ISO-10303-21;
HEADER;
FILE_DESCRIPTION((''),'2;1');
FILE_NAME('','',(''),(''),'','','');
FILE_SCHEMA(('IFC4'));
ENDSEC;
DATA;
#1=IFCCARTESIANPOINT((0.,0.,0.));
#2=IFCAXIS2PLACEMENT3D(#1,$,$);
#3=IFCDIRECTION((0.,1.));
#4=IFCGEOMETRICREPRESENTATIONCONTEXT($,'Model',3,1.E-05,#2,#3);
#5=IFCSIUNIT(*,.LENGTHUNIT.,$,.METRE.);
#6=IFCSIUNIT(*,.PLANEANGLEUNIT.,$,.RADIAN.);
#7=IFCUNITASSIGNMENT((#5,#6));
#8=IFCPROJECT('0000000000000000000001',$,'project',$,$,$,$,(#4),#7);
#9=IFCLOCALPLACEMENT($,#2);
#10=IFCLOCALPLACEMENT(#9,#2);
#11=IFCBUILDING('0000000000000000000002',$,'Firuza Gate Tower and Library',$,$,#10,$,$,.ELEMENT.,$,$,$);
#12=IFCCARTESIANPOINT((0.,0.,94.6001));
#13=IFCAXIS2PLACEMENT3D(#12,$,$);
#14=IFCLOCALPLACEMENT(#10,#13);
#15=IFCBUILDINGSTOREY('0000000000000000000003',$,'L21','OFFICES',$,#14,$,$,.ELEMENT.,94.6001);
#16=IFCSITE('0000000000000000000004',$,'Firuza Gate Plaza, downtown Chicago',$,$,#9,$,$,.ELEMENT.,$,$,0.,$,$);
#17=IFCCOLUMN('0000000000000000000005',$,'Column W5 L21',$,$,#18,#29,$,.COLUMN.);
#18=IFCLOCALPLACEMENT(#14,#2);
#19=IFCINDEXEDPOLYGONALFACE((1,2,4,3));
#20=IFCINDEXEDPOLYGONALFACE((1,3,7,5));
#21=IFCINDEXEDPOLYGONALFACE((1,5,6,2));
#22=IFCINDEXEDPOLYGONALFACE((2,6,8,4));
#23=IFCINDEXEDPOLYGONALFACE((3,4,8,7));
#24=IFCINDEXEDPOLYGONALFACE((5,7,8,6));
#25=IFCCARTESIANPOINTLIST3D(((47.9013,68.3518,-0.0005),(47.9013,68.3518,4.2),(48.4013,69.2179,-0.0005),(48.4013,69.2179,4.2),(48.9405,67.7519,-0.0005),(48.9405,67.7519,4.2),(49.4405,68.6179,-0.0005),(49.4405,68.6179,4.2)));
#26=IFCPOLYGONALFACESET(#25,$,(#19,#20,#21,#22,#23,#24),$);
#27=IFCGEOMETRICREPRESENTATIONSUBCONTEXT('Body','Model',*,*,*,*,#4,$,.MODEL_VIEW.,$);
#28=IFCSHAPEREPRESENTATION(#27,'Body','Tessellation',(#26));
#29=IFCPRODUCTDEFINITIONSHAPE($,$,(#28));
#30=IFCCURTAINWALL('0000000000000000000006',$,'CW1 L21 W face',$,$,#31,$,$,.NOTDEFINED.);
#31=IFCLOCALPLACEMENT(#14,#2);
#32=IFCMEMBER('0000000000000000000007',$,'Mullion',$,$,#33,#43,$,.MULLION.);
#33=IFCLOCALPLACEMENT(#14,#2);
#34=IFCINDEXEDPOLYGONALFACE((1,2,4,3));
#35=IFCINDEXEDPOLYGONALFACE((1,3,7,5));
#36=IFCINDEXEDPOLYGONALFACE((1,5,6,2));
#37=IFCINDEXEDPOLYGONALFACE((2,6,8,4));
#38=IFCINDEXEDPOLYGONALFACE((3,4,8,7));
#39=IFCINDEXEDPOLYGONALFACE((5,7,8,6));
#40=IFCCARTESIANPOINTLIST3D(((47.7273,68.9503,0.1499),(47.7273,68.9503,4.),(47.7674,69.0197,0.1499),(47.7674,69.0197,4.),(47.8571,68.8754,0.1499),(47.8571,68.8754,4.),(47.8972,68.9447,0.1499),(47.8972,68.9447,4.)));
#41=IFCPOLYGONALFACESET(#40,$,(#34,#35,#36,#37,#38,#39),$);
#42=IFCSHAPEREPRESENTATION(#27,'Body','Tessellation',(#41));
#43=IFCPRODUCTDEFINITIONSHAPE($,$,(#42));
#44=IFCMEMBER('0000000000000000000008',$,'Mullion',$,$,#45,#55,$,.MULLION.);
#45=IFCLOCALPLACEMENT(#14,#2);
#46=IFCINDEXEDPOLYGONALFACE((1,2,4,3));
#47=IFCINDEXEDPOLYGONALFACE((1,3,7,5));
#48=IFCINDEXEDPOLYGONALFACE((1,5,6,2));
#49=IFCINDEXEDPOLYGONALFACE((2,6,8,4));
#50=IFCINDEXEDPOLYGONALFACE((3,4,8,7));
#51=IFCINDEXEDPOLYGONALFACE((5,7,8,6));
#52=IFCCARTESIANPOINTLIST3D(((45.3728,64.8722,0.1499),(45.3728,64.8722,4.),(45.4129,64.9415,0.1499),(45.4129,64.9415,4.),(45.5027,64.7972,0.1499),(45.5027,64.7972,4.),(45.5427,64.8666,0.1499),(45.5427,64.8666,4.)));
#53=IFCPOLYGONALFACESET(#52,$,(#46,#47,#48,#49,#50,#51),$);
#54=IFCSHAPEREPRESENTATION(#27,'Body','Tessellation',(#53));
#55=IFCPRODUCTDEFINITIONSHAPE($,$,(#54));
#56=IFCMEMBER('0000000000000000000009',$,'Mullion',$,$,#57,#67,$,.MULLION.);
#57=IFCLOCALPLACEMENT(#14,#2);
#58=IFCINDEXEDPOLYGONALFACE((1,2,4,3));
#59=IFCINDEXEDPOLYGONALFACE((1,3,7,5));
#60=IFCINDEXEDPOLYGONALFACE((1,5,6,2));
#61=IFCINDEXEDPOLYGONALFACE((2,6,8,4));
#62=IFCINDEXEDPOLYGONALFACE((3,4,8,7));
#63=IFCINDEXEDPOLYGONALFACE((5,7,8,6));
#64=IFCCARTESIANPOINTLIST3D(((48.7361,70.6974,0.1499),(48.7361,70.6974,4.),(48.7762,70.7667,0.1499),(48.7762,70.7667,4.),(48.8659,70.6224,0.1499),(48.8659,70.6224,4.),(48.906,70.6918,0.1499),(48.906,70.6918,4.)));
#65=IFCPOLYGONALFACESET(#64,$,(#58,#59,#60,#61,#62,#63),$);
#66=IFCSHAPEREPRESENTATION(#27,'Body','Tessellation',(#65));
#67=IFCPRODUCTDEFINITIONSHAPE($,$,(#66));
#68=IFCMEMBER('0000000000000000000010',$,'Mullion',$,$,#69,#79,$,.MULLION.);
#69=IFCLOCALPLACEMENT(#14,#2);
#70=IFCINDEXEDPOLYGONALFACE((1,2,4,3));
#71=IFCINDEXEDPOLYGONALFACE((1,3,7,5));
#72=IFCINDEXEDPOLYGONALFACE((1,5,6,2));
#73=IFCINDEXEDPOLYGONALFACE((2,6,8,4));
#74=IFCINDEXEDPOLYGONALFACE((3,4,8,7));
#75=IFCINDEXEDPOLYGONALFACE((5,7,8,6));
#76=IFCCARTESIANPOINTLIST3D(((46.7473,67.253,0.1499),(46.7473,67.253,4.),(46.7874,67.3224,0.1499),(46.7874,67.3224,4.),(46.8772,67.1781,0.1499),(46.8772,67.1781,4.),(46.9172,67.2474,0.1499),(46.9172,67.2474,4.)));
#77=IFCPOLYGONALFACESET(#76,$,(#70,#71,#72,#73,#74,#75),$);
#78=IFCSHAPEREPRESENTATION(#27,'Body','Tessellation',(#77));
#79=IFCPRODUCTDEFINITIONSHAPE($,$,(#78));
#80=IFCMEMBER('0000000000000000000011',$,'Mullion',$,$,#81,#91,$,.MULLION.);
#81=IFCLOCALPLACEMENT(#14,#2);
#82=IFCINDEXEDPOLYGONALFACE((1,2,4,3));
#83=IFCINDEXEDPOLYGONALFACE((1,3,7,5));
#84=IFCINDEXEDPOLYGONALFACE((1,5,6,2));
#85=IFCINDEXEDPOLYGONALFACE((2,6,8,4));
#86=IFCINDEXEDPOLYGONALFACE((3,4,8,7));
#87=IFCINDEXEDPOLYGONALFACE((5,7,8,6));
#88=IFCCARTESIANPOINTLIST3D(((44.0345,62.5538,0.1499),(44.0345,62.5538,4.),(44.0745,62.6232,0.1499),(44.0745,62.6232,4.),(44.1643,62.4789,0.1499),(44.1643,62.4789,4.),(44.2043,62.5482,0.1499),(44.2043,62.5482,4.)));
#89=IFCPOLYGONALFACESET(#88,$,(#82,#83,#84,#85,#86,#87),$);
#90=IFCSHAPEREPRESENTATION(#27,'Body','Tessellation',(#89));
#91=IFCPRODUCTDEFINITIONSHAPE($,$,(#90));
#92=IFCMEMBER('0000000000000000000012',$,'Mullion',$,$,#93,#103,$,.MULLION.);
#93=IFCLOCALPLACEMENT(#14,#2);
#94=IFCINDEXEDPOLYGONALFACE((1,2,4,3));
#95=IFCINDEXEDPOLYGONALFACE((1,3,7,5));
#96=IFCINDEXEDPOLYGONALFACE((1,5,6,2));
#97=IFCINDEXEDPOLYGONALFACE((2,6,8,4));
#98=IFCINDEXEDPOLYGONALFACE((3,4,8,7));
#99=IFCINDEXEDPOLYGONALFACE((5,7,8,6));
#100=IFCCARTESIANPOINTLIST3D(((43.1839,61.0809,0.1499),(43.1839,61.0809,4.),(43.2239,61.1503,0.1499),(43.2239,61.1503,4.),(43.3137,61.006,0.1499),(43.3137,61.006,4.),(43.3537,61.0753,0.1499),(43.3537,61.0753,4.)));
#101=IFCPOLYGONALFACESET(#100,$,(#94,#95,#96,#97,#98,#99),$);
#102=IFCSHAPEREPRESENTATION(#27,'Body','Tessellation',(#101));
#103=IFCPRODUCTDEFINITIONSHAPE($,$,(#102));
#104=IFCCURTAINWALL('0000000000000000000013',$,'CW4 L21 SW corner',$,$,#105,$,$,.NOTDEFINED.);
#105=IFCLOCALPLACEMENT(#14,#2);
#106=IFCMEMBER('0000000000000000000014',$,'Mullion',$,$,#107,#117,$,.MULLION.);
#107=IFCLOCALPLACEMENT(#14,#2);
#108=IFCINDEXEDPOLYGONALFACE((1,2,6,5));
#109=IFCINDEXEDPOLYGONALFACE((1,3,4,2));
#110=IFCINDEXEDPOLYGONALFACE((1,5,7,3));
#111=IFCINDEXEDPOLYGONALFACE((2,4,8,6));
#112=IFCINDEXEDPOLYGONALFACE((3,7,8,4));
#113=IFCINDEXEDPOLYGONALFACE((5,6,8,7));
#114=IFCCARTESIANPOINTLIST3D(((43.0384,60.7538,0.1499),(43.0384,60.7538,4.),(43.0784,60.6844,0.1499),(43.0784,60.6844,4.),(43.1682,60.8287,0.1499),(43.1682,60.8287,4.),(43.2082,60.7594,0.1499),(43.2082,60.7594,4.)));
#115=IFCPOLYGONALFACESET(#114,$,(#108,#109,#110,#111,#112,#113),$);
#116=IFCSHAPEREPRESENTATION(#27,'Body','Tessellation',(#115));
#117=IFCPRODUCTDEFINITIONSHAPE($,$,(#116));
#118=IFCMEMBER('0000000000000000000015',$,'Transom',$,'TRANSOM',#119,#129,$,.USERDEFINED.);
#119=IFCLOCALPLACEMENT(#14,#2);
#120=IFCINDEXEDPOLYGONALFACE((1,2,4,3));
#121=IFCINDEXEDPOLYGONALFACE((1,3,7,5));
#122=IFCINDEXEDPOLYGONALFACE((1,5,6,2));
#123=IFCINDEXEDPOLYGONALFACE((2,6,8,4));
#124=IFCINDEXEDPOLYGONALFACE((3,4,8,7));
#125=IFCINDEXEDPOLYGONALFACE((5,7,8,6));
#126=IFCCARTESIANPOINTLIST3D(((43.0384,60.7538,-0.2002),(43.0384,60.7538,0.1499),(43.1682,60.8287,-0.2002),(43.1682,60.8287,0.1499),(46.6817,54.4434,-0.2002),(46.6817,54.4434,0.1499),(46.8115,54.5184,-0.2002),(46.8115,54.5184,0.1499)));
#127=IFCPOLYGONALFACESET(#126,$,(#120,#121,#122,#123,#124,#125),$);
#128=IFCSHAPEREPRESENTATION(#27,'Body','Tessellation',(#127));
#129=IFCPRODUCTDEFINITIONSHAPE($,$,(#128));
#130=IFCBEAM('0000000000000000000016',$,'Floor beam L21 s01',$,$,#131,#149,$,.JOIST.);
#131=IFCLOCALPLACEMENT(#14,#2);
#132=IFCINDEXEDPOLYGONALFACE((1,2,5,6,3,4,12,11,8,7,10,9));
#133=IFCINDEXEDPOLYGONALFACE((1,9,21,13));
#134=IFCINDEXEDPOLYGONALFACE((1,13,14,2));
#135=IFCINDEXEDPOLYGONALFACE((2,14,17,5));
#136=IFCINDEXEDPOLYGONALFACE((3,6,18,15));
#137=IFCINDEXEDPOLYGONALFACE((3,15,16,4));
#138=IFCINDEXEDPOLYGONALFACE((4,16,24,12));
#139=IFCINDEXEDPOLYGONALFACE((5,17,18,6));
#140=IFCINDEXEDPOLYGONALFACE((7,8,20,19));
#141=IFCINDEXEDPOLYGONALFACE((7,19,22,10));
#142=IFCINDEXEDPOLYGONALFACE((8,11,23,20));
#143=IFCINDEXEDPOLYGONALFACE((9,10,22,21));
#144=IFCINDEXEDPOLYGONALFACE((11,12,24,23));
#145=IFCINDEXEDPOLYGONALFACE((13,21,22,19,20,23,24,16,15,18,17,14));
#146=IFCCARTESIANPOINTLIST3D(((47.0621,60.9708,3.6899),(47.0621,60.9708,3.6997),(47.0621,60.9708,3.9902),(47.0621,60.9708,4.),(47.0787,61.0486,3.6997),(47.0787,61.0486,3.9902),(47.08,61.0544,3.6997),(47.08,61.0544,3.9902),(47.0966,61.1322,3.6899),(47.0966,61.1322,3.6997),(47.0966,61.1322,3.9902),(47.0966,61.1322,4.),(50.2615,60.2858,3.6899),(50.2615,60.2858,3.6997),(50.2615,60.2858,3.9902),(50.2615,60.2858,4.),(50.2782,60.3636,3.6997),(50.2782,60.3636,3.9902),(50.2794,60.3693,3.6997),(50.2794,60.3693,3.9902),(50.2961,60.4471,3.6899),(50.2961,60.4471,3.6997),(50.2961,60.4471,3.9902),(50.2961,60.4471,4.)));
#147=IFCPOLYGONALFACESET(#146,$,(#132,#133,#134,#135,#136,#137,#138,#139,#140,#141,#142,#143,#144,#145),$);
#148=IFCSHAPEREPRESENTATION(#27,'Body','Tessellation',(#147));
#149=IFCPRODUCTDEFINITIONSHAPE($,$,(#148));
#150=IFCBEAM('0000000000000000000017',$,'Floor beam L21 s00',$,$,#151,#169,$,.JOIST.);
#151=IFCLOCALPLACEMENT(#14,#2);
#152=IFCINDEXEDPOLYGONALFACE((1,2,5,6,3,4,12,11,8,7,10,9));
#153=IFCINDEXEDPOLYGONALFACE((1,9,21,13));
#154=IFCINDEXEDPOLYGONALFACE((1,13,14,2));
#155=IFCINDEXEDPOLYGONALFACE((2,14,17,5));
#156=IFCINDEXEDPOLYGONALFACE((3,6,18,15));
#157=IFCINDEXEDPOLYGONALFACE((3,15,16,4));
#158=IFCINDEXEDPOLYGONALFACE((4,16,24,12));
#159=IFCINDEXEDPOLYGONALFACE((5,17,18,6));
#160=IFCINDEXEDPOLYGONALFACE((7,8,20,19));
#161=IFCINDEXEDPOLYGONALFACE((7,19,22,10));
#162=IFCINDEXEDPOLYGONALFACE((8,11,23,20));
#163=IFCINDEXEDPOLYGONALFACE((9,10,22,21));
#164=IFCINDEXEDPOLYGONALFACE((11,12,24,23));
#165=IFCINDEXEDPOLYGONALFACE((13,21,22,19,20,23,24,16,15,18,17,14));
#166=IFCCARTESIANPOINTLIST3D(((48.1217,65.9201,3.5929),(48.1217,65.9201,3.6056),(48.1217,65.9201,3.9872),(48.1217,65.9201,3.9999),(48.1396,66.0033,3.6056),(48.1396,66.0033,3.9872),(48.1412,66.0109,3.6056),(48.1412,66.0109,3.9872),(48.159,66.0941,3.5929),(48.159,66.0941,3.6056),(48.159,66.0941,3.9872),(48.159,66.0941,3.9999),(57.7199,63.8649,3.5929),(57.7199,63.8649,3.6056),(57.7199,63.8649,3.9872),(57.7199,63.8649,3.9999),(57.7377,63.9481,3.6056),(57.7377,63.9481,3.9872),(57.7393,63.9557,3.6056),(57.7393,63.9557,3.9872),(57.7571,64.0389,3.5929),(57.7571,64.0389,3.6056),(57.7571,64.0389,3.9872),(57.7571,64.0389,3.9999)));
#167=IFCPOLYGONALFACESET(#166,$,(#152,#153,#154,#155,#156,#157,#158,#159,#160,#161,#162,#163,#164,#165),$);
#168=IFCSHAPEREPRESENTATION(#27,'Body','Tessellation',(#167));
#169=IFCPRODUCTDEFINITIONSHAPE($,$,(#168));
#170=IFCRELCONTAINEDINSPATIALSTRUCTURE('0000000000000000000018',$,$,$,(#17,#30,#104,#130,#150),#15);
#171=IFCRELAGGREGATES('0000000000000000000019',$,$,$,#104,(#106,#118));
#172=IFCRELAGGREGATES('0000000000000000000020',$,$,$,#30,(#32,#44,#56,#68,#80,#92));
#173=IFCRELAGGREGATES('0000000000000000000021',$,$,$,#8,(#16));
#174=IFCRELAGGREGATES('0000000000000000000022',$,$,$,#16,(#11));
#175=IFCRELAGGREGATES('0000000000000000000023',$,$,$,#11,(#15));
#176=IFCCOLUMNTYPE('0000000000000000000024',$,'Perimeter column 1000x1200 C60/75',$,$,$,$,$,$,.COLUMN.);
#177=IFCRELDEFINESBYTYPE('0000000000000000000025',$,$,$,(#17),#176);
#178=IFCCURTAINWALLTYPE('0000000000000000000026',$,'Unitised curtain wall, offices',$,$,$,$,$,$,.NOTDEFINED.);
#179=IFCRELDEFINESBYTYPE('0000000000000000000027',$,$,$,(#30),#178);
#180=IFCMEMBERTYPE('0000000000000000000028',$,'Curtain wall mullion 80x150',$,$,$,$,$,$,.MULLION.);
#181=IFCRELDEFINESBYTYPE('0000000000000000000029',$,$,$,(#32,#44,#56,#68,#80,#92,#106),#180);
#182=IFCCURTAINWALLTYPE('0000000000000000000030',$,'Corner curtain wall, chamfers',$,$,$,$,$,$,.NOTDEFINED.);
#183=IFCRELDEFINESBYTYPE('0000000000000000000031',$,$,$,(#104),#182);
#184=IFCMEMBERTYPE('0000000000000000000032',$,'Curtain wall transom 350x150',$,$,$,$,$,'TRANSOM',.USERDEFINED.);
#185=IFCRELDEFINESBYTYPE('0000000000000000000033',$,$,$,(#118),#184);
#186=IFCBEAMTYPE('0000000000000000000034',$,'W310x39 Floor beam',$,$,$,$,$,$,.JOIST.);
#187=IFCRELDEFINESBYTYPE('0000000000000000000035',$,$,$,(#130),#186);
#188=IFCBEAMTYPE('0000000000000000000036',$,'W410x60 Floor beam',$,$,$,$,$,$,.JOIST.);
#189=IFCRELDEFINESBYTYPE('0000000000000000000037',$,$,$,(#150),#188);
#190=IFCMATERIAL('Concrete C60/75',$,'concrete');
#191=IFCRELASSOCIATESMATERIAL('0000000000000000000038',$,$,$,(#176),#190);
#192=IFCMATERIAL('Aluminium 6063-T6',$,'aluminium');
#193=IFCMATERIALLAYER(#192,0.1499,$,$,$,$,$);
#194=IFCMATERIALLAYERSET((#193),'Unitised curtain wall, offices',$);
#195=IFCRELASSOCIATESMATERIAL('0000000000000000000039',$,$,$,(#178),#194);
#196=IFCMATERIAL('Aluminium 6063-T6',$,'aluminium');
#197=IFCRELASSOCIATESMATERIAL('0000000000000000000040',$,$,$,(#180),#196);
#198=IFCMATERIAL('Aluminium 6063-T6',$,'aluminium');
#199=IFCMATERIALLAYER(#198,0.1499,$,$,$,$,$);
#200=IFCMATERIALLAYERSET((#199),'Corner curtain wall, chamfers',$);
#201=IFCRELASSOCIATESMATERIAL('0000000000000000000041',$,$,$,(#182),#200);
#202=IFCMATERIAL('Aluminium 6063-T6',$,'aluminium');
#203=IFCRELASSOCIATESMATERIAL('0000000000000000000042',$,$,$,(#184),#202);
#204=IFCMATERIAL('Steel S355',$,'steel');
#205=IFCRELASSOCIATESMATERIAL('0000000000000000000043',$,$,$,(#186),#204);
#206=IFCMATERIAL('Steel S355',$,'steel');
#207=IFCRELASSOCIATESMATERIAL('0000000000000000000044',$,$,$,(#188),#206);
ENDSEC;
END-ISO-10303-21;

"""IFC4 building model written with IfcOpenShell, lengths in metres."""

from ifc_helpers import new_model, si_unit, direction, frame, origin, origin_2d, place, context, subcontext, project, spatial, rectangle, i_section, extrude, material, layer, layer_set, material_profile, profile_set, type_object, element, aggregate, save


model = new_model("IFC4")

# Units and contexts
model_context = context("Model", 3, precision=1e-05, world=origin(), true_north=direction((0.0, 1.0)))
body_context = subcontext(model_context, "Body", "Model", "MODEL_VIEW")
ifc_project = project(units=[si_unit("LENGTHUNIT", "METRE"), si_unit("PLANEANGLEUNIT", "RADIAN")], contexts=[model_context])

# Site, building, storey
site_placement = place(None, origin())
site = spatial("IfcSite", under=ifc_project, at=site_placement, Name="Firuza Gate Plaza, downtown Chicago", CompositionType="ELEMENT", RefElevation=0.0)
building_placement = place(site_placement, origin())
building = spatial("IfcBuilding", under=site, at=building_placement, Name="Firuza Gate Tower and Library", CompositionType="ELEMENT")
storey_placement = place(building_placement, frame((0.0, 0.0, 94.6001)))
storey = spatial("IfcBuildingStorey", under=building, at=storey_placement, Name="L21", Description="OFFICES", CompositionType="ELEMENT", Elevation=94.6001)

# Column
ifc_material_1 = material(Name="Concrete C60/75", Category="concrete")
ifc_material_profile_1 = material_profile(ifc_material_1, rectangle(XDim=1.0, YDim=1.2, at=origin_2d()))
ifc_profile_set_1 = profile_set([ifc_material_profile_1], Name="Concrete C60/75")
column_type = type_object("IfcColumnType", Name="Perimeter column 1000x1200 C60/75", PredefinedType="COLUMN", material=ifc_profile_set_1)
column_placement = place(storey_placement, frame((48.6709, 68.4849, -0.0005), z_axis=(0.0, 0.0, 1.0), x_axis=(-0.5, -0.866025, 0.0)))
element("IfcColumn", 1, at=column_placement, inside=storey, type_object=column_type, Name="Column W5 L21", PredefinedType="COLUMN", context=body_context, shape_type="SweptSolid", body=[
    extrude(rectangle(XDim=1.0, YDim=1.2, at=origin_2d()), origin(), (0.0, 0.0, 1.0), 4.2004),
])

# Curtain walls, members
ifc_material_2 = material(Name="Aluminium 6063-T6", Category="aluminium")
ifc_layer_1 = layer(ifc_material_2, 0.1499)
ifc_layer_set_1 = layer_set([ifc_layer_1], Name="Unitised curtain wall, offices")
curtain_wall_type_1 = type_object("IfcCurtainWallType", Name="Unitised curtain wall, offices", PredefinedType="NOTDEFINED", material=ifc_layer_set_1)
placement = place(storey_placement, origin())
curtain_wall_1 = element("IfcCurtainWall", 2, at=placement, inside=storey, type_object=curtain_wall_type_1, Name="CW1 L21 W face", PredefinedType="NOTDEFINED")
ifc_material_3 = material(Name="Aluminium 6063-T6", Category="aluminium")
ifc_material_profile_2 = material_profile(ifc_material_3, rectangle(XDim=0.1499, YDim=0.0801, at=origin_2d()))
ifc_profile_set_2 = profile_set([ifc_material_profile_2], Name="Aluminium 6063-T6")
member_type_1 = type_object("IfcMemberType", Name="Curtain wall mullion 80x150", PredefinedType="MULLION", material=ifc_profile_set_2)
member_1_placement = place(storey_placement, frame((47.8123, 68.9475, 0.1499), z_axis=(0.0, 0.0, 1.0), x_axis=(0.866025, -0.5, 0.0)))
member_1 = element("IfcMember", 3, at=member_1_placement, type_object=member_type_1, Name="Mullion", PredefinedType="MULLION", context=body_context, shape_type="SweptSolid", body=[
    extrude(rectangle(XDim=0.1499, YDim=0.0801, at=origin_2d()), origin(), (0.0, 0.0, 1.0), 3.8501),
])
member_2_placement = place(storey_placement, frame((45.4578, 64.8694, 0.1499), z_axis=(0.0, 0.0, 1.0), x_axis=(0.866025, -0.5, 0.0)))
member_2 = element("IfcMember", 4, at=member_2_placement, type_object=member_type_1, Name="Mullion", PredefinedType="MULLION", context=body_context, shape_type="SweptSolid", body=[
    extrude(rectangle(XDim=0.1499, YDim=0.0801, at=origin_2d()), origin(), (0.0, 0.0, 1.0), 3.8501),
])
member_3_placement = place(storey_placement, frame((48.821, 70.6946, 0.1499), z_axis=(0.0, 0.0, 1.0), x_axis=(0.866025, -0.5, 0.0)))
member_3 = element("IfcMember", 5, at=member_3_placement, type_object=member_type_1, Name="Mullion", PredefinedType="MULLION", context=body_context, shape_type="SweptSolid", body=[
    extrude(rectangle(XDim=0.1499, YDim=0.0801, at=origin_2d()), origin(), (0.0, 0.0, 1.0), 3.8501),
])
member_4_placement = place(storey_placement, frame((46.8323, 67.2502, 0.1499), z_axis=(0.0, 0.0, 1.0), x_axis=(0.866025, -0.5, 0.0)))
member_4 = element("IfcMember", 6, at=member_4_placement, type_object=member_type_1, Name="Mullion", PredefinedType="MULLION", context=body_context, shape_type="SweptSolid", body=[
    extrude(rectangle(XDim=0.1499, YDim=0.0801, at=origin_2d()), origin(), (0.0, 0.0, 1.0), 3.8501),
])
member_5_placement = place(storey_placement, frame((44.1194, 62.551, 0.1499), z_axis=(0.0, 0.0, 1.0), x_axis=(0.866025, -0.5, 0.0)))
member_5 = element("IfcMember", 7, at=member_5_placement, type_object=member_type_1, Name="Mullion", PredefinedType="MULLION", context=body_context, shape_type="SweptSolid", body=[
    extrude(rectangle(XDim=0.1499, YDim=0.0801, at=origin_2d()), origin(), (0.0, 0.0, 1.0), 3.8501),
])
member_6_placement = place(storey_placement, frame((43.2688, 61.0781, 0.1499), z_axis=(0.0, 0.0, 1.0), x_axis=(0.866025, -0.5, 0.0)))
member_6 = element("IfcMember", 8, at=member_6_placement, type_object=member_type_1, Name="Mullion", PredefinedType="MULLION", context=body_context, shape_type="SweptSolid", body=[
    extrude(rectangle(XDim=0.1499, YDim=0.0801, at=origin_2d()), origin(), (0.0, 0.0, 1.0), 3.8501),
])
ifc_material_4 = material(Name="Aluminium 6063-T6", Category="aluminium")
ifc_layer_2 = layer(ifc_material_4, 0.1499)
ifc_layer_set_2 = layer_set([ifc_layer_2], Name="Corner curtain wall, chamfers")
curtain_wall_type_2 = type_object("IfcCurtainWallType", Name="Corner curtain wall, chamfers", PredefinedType="NOTDEFINED", material=ifc_layer_set_2)
curtain_wall_2 = element("IfcCurtainWall", 9, at=placement, inside=storey, type_object=curtain_wall_type_2, Name="CW4 L21 SW corner", PredefinedType="NOTDEFINED")
member_7_placement = place(storey_placement, frame((43.1233, 60.7566, 0.1499), z_axis=(0.0, 0.0, 1.0), x_axis=(0.866025, 0.5, 0.0)))
member_7 = element("IfcMember", 10, at=member_7_placement, type_object=member_type_1, Name="Mullion", PredefinedType="MULLION", context=body_context, shape_type="SweptSolid", body=[
    extrude(rectangle(XDim=0.1499, YDim=0.0801, at=origin_2d()), origin(), (0.0, 0.0, 1.0), 3.8501),
])
ifc_material_5 = material(Name="Aluminium 6063-T6", Category="aluminium")
ifc_material_profile_3 = material_profile(ifc_material_5, rectangle(XDim=0.1499, YDim=0.3501, at=origin_2d()))
ifc_profile_set_3 = profile_set([ifc_material_profile_3], Name="Aluminium 6063-T6")
member_type_2 = type_object("IfcMemberType", Name="Curtain wall transom 350x150", ElementType="TRANSOM", PredefinedType="USERDEFINED", material=ifc_profile_set_3)
member_8_placement = place(storey_placement, frame((43.1033, 60.7913, -0.0251), z_axis=(0.500006, -0.866022, 0.0), x_axis=(0.866022, 0.500006, 0.0)))
member_8 = element("IfcMember", 11, at=member_8_placement, type_object=member_type_2, Name="Transom", ObjectType="TRANSOM", PredefinedType="USERDEFINED", context=body_context, shape_type="SweptSolid", body=[
    extrude(rectangle(XDim=0.1499, YDim=0.3501, at=origin_2d()), origin(), (0.0, 0.0, 1.0), 7.2866),
])

# Beams
ifc_material_6 = material(Name="Steel S355", Category="steel")
ifc_material_profile_4 = material_profile(ifc_material_6, i_section(OverallWidth=0.165, OverallDepth=0.3101, WebThickness=0.0059, FlangeThickness=0.0098, at=origin_2d()))
ifc_profile_set_4 = profile_set([ifc_material_profile_4], Name="Steel S355")
beam_type_1 = type_object("IfcBeamType", Name="W310x39 Floor beam", PredefinedType="JOIST", material=ifc_profile_set_4)
beam_1_placement = place(storey_placement, frame((47.0793, 61.0515, 3.845), z_axis=(0.977836, -0.209371, 0.0), x_axis=(0.209371, 0.977836, 0.0)))
element("IfcBeam", 12, at=beam_1_placement, inside=storey, type_object=beam_type_1, Name="Floor beam L21 s01", PredefinedType="JOIST", context=body_context, shape_type="SweptSolid", body=[
    extrude(i_section(OverallWidth=0.165, OverallDepth=0.3101, WebThickness=0.0059, FlangeThickness=0.0098, at=origin_2d()), origin(), (0.0, 0.0, 1.0), 3.272),
])
ifc_material_7 = material(Name="Steel S355", Category="steel")
ifc_material_profile_5 = material_profile(ifc_material_7, i_section(OverallWidth=0.178, OverallDepth=0.407, WebThickness=0.0078, FlangeThickness=0.0127, at=origin_2d()))
ifc_profile_set_5 = profile_set([ifc_material_profile_5], Name="Steel S355")
beam_type_2 = type_object("IfcBeamType", Name="W410x60 Floor beam", PredefinedType="JOIST", material=ifc_profile_set_5)
beam_2_placement = place(storey_placement, frame((48.1404, 66.0071, 3.7964), z_axis=(0.977835, -0.209376, 0.0), x_axis=(0.209376, 0.977835, 0.0)))
element("IfcBeam", 13, at=beam_2_placement, inside=storey, type_object=beam_type_2, Name="Floor beam L21 s00", PredefinedType="JOIST", context=body_context, shape_type="SweptSolid", body=[
    extrude(i_section(OverallWidth=0.178, OverallDepth=0.407, WebThickness=0.0078, FlangeThickness=0.0127, at=origin_2d()), origin(), (0.0, 0.0, 1.0), 9.8157),
])

aggregate(curtain_wall_2, [member_7, member_8])
aggregate(curtain_wall_1, [member_1, member_2, member_3, member_4, member_5, member_6])

save(model, "model.ifc")
